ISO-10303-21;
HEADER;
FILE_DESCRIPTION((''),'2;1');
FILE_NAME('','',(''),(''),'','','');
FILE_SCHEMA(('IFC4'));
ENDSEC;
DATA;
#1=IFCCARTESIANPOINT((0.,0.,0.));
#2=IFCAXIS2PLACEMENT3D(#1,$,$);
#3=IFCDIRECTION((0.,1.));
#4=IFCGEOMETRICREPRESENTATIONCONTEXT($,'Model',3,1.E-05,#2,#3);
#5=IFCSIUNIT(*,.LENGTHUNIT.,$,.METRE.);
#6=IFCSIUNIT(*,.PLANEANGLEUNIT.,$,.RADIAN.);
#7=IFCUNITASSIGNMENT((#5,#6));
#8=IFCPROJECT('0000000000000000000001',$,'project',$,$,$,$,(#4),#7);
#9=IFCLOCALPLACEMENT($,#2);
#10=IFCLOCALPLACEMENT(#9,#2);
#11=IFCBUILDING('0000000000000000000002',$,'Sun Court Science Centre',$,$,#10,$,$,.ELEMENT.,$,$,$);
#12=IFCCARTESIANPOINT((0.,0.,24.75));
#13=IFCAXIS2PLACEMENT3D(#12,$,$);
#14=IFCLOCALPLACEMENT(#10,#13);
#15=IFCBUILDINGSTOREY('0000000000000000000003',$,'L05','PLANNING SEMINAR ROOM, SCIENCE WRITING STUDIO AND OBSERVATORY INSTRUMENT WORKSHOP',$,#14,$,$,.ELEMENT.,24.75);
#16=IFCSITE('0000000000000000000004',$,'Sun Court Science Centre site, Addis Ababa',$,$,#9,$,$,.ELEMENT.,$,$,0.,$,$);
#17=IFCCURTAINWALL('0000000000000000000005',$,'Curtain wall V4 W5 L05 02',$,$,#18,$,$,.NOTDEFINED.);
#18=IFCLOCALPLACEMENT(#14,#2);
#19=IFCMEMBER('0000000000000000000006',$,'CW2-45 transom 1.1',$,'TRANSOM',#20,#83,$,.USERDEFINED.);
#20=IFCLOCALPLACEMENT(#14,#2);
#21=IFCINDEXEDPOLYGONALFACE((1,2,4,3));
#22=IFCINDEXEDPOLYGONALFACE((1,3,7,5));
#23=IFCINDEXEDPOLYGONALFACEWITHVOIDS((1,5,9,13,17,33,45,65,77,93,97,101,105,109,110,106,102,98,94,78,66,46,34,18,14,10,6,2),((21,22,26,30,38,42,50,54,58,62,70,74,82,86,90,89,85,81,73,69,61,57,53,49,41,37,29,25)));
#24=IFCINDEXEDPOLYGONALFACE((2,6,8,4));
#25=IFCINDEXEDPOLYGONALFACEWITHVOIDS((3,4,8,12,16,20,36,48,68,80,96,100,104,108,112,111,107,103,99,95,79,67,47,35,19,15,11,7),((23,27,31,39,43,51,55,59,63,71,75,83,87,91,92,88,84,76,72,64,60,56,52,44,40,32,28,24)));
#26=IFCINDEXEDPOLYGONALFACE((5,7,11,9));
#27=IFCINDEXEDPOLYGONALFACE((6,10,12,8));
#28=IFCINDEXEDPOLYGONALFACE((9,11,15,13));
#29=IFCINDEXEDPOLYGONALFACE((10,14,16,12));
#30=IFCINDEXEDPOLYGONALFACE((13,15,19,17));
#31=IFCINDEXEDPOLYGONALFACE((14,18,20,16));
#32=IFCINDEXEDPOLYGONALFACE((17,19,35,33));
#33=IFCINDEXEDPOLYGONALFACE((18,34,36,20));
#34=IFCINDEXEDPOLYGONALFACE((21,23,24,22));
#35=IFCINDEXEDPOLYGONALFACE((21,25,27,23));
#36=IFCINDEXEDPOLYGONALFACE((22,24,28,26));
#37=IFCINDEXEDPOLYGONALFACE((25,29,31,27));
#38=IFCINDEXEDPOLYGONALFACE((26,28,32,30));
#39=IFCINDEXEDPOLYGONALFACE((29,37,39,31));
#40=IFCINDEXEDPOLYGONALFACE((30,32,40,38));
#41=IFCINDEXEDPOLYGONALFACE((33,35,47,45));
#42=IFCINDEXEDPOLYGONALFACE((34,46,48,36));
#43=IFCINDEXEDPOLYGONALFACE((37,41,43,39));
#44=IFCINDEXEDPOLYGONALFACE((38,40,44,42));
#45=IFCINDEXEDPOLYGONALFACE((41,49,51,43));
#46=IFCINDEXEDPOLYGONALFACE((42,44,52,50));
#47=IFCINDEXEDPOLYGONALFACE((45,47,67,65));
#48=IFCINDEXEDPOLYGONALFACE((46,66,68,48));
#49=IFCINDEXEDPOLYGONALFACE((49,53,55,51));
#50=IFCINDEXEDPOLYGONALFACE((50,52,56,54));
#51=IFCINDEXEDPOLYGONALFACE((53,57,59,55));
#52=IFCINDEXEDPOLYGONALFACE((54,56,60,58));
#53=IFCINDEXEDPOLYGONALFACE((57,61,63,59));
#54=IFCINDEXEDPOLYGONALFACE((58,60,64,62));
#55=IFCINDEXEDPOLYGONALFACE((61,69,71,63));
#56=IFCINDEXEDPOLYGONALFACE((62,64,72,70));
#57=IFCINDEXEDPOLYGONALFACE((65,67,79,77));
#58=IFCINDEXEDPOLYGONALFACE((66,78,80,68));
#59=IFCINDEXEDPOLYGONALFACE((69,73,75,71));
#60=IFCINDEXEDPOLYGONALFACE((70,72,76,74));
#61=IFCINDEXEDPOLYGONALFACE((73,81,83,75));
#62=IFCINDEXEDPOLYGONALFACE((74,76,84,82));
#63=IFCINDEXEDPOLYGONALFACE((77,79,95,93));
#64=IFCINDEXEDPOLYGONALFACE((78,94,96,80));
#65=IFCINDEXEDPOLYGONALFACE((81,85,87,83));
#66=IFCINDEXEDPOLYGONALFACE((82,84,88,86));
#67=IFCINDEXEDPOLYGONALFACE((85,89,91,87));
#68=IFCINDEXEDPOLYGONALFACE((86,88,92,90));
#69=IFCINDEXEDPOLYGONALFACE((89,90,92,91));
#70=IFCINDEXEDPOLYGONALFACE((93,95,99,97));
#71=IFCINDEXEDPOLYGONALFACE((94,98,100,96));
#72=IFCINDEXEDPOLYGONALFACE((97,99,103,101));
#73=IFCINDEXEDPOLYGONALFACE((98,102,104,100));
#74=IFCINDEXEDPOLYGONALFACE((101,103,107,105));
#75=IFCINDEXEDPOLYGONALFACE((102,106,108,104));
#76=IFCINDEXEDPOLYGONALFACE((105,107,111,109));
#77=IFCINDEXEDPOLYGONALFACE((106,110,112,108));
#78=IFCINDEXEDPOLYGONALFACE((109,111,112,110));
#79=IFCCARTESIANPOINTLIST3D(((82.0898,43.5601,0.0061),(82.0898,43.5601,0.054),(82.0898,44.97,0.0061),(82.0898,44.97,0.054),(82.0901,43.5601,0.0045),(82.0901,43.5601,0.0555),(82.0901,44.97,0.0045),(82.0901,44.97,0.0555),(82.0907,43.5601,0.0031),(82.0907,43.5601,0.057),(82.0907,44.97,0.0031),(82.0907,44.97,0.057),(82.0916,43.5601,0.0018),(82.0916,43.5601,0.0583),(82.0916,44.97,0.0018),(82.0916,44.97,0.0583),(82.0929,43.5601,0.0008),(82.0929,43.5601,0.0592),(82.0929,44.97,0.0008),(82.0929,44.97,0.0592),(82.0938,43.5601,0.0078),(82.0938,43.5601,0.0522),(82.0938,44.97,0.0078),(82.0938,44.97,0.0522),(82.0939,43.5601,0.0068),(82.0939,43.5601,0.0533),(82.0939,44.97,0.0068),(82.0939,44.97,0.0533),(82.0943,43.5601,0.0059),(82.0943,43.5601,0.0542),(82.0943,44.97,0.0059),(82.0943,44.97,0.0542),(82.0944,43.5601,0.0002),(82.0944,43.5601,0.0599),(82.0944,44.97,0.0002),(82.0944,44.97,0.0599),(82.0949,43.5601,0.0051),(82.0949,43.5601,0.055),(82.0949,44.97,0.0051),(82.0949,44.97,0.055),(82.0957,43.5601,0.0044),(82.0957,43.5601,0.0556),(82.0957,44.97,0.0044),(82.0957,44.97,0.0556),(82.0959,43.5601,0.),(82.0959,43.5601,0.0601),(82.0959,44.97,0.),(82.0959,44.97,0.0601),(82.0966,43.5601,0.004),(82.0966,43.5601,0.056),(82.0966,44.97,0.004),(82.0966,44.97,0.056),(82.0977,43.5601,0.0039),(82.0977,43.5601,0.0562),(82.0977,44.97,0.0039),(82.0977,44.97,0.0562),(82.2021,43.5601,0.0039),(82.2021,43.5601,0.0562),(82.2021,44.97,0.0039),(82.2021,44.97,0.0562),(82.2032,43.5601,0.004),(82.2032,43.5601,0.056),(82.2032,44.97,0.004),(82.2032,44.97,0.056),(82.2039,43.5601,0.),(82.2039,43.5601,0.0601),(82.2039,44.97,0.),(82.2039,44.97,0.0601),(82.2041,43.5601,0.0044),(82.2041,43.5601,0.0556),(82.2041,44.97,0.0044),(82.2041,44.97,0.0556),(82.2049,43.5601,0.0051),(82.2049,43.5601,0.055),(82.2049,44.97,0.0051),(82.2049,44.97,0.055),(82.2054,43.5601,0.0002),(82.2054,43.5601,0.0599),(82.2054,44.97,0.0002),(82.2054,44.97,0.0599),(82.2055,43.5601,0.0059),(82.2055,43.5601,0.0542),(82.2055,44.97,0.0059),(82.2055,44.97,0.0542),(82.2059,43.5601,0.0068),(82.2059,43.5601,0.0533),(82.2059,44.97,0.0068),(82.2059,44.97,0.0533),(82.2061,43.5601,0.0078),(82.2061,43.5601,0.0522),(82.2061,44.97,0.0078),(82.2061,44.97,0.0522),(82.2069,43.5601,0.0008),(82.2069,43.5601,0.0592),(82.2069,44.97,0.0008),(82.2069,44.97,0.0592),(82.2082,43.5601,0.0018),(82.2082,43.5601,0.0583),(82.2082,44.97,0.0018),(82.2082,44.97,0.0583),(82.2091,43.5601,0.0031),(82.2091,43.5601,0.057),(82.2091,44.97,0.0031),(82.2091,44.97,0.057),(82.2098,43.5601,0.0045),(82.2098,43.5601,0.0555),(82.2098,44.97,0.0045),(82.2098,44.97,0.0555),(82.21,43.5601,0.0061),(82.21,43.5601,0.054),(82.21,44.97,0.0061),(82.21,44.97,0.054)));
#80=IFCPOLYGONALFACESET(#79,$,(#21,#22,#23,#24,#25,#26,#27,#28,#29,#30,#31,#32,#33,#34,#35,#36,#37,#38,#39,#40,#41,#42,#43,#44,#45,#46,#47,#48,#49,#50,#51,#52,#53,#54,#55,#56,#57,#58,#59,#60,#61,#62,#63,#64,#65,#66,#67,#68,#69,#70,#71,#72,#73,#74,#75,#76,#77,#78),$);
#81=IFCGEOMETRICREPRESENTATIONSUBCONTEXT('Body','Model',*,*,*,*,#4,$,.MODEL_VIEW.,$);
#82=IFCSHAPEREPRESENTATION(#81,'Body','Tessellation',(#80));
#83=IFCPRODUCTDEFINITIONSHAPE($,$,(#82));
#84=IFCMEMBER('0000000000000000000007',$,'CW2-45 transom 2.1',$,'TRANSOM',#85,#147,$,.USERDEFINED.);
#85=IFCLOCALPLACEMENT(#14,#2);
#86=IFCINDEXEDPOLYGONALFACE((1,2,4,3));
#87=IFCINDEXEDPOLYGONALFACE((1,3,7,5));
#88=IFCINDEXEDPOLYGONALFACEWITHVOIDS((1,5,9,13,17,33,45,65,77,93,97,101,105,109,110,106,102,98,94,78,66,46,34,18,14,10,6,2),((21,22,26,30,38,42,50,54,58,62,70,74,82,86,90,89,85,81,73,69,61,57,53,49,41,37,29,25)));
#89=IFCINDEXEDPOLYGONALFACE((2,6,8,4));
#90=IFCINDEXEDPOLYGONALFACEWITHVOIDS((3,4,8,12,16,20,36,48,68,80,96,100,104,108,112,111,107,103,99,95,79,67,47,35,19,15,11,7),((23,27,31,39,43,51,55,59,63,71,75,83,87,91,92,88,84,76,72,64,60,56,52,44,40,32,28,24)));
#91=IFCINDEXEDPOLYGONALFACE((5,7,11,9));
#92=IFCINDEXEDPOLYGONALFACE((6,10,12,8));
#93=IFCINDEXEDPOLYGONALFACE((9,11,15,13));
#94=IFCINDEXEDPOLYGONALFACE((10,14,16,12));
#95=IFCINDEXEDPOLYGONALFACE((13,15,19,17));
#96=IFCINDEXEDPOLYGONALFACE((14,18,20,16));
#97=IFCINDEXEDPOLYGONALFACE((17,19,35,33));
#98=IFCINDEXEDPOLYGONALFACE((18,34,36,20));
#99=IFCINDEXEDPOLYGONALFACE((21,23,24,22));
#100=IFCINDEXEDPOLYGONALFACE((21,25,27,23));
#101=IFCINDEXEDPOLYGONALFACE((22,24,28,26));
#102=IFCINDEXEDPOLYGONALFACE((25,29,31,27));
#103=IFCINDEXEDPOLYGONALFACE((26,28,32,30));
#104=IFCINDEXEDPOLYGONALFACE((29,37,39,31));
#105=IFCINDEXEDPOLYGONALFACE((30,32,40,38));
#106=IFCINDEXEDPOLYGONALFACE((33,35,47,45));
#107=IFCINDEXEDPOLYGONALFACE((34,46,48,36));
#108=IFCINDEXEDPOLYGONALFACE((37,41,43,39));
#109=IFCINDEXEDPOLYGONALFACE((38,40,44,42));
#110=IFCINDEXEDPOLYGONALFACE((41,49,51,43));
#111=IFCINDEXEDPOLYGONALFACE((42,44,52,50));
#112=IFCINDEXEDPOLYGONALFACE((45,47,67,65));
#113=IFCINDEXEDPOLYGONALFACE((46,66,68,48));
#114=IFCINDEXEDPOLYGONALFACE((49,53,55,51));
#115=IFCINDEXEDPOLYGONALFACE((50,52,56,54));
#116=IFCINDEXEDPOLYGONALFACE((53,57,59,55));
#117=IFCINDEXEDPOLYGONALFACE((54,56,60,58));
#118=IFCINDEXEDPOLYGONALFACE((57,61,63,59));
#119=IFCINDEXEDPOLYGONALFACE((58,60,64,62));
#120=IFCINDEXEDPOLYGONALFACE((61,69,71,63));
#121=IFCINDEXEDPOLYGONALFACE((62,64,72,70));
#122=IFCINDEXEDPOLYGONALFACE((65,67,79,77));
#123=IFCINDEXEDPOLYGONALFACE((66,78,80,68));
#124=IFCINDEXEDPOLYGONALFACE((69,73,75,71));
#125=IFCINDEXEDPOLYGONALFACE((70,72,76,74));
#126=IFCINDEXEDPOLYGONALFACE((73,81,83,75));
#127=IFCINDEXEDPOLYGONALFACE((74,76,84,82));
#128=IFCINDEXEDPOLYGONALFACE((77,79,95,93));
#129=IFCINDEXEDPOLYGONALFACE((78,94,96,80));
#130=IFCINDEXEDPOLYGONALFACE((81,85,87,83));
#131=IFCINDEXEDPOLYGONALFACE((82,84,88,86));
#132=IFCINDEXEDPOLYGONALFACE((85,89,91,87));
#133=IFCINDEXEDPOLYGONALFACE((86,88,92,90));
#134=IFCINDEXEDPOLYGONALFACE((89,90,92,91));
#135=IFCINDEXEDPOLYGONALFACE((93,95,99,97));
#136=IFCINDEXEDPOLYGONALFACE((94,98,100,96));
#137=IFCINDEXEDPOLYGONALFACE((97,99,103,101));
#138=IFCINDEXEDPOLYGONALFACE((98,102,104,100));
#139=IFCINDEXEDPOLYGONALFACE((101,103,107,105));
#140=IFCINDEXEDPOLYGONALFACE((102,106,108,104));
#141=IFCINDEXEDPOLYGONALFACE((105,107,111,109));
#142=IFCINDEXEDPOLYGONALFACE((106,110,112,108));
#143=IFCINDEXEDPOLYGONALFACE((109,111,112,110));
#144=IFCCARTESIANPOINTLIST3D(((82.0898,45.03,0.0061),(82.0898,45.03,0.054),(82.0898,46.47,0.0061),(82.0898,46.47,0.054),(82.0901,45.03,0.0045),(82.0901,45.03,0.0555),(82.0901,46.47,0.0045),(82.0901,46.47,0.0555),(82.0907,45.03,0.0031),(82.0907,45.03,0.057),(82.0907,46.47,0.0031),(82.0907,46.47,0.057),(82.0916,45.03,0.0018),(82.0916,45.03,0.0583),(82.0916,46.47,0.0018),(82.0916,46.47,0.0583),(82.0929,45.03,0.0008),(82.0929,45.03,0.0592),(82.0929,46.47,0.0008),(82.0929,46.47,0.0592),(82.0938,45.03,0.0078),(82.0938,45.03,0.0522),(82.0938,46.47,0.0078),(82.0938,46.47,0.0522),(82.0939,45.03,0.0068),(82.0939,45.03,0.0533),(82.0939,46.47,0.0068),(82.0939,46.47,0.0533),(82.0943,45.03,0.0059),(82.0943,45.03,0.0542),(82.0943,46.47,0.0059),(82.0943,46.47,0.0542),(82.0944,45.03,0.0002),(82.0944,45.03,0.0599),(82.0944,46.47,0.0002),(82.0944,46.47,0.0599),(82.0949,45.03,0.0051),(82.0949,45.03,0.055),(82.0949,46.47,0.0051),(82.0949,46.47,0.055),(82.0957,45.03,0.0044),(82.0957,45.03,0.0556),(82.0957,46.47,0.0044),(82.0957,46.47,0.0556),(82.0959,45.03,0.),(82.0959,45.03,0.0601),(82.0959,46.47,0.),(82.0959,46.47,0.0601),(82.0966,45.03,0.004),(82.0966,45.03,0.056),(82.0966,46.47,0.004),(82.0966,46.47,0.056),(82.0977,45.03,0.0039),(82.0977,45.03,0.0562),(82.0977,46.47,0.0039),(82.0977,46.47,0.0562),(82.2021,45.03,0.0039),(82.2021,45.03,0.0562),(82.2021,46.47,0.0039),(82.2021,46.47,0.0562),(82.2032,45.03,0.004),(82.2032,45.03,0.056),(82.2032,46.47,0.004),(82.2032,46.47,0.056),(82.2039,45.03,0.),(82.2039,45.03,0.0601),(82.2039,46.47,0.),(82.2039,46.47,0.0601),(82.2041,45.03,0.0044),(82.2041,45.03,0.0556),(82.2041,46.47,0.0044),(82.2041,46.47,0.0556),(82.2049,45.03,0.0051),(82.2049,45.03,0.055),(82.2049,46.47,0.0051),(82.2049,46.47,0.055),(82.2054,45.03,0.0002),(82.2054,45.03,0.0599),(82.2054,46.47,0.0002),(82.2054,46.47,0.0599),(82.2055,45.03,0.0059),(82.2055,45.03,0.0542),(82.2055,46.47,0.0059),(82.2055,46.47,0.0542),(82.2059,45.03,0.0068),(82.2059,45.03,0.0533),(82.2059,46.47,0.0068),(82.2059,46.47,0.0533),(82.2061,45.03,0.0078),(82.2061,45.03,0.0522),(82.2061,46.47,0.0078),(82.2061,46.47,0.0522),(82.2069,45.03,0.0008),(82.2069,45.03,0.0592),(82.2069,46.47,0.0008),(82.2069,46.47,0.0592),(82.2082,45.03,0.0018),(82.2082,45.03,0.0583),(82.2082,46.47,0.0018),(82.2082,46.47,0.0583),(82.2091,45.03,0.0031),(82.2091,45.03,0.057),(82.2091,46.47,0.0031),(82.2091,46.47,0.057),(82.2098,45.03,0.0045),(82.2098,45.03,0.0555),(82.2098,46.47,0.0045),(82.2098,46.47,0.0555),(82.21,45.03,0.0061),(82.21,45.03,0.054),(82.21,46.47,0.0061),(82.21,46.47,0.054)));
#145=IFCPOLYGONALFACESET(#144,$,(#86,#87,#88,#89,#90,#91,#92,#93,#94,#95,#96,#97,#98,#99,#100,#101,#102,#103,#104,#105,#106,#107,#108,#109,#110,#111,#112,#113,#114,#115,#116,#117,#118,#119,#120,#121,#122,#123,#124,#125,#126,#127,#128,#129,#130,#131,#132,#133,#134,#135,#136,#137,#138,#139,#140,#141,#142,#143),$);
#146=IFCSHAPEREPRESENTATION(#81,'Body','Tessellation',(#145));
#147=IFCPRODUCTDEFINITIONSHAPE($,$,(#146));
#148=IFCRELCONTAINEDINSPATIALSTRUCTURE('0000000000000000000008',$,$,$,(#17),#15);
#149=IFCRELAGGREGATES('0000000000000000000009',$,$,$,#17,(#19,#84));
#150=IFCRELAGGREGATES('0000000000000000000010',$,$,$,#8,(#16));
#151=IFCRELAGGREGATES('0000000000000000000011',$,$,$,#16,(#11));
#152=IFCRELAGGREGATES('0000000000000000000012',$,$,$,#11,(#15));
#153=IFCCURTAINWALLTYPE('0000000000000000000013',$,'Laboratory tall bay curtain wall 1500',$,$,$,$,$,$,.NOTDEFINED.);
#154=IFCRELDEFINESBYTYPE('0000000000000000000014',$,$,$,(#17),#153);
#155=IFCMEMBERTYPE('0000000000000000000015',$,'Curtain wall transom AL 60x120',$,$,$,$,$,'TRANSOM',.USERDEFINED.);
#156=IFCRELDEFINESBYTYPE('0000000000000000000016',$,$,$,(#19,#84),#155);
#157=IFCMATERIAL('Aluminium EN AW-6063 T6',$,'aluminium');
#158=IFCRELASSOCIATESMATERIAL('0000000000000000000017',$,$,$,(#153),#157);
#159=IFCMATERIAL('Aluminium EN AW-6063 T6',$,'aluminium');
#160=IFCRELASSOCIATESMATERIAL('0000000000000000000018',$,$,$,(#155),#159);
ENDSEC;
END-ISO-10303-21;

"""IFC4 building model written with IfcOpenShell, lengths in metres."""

from ifc_helpers import new_model, si_unit, direction, frame, origin, origin_2d, place, context, subcontext, project, spatial, hollow_rectangle, extrude, material, material_profile, profile_set, type_object, element, aggregate, save


model = new_model("IFC4")

# Units and contexts
model_context = context("Model", 3, precision=1e-05, world=origin(), true_north=direction((0.0, 1.0)))
body_context = subcontext(model_context, "Body", "Model", "MODEL_VIEW")
ifc_project = project(units=[si_unit("LENGTHUNIT", "METRE"), si_unit("PLANEANGLEUNIT", "RADIAN")], contexts=[model_context])

# Site, building, storey
site_placement = place(None, origin())
site = spatial("IfcSite", under=ifc_project, at=site_placement, Name="Sun Court Science Centre site, Addis Ababa", CompositionType="ELEMENT", RefElevation=0.0)
building_placement = place(site_placement, origin())
building = spatial("IfcBuilding", under=site, at=building_placement, Name="Sun Court Science Centre", CompositionType="ELEMENT")
storey_placement = place(building_placement, frame((0.0, 0.0, 24.75)))
storey = spatial("IfcBuildingStorey", under=building, at=storey_placement, Name="L05", Description="PLANNING SEMINAR ROOM, SCIENCE WRITING STUDIO AND OBSERVATORY INSTRUMENT WORKSHOP", CompositionType="ELEMENT", Elevation=24.75)

# Curtain wall, members
ifc_material_1 = material(Name="Aluminium EN AW-6063 T6", Category="aluminium")
curtain_wall_type = type_object("IfcCurtainWallType", Name="Laboratory tall bay curtain wall 1500", PredefinedType="NOTDEFINED", material=ifc_material_1)
curtain_wall_placement = place(storey_placement, origin())
curtain_wall = element("IfcCurtainWall", 1, at=curtain_wall_placement, inside=storey, type_object=curtain_wall_type, Name="Curtain wall V4 W5 L05 02", PredefinedType="NOTDEFINED")
ifc_material_2 = material(Name="Aluminium EN AW-6063 T6", Category="aluminium")
ifc_material_profile_1 = material_profile(ifc_material_2, hollow_rectangle(XDim=0.0601, YDim=0.1201, WallThickness=0.0039, InnerFilletRadius=0.0039, OuterFilletRadius=0.0061, at=origin_2d()), Name="AL 60x120x4")
ifc_profile_set_1 = profile_set([ifc_material_profile_1], Name="Aluminium EN AW-6063 T6")
member_type_1 = type_object("IfcMemberType", Name="Curtain wall transom AL 60x120", ElementType="TRANSOM", PredefinedType="USERDEFINED", material=ifc_profile_set_1)
member_1_placement = place(storey_placement, frame((82.1499, 43.5601, 0.03), z_axis=(0.0, 1.0, 0.0), x_axis=(0.0, 0.0, 1.0)))
member_1 = element("IfcMember", 2, at=member_1_placement, type_object=member_type_1, Name="CW2-45 transom 1.1", ObjectType="TRANSOM", PredefinedType="USERDEFINED", context=body_context, shape_type="SweptSolid", body=[
    extrude(hollow_rectangle(XDim=0.0601, YDim=0.1201, WallThickness=0.0039, InnerFilletRadius=0.0039, OuterFilletRadius=0.0061, at=origin_2d()), origin(), (0.0, 0.0, 1.0), 1.4099),
])
member_2_placement = place(storey_placement, frame((82.1499, 45.03, 0.03), z_axis=(0.0, 1.0, 0.0), x_axis=(0.0, 0.0, 1.0)))
member_2 = element("IfcMember", 3, at=member_2_placement, type_object=member_type_1, Name="CW2-45 transom 2.1", ObjectType="TRANSOM", PredefinedType="USERDEFINED", context=body_context, shape_type="SweptSolid", body=[
    extrude(hollow_rectangle(XDim=0.0601, YDim=0.1201, WallThickness=0.0039, InnerFilletRadius=0.0039, OuterFilletRadius=0.0061, at=origin_2d()), origin(), (0.0, 0.0, 1.0), 1.4399),
])

aggregate(curtain_wall, [member_1, member_2])

save(model, "model.ifc")
